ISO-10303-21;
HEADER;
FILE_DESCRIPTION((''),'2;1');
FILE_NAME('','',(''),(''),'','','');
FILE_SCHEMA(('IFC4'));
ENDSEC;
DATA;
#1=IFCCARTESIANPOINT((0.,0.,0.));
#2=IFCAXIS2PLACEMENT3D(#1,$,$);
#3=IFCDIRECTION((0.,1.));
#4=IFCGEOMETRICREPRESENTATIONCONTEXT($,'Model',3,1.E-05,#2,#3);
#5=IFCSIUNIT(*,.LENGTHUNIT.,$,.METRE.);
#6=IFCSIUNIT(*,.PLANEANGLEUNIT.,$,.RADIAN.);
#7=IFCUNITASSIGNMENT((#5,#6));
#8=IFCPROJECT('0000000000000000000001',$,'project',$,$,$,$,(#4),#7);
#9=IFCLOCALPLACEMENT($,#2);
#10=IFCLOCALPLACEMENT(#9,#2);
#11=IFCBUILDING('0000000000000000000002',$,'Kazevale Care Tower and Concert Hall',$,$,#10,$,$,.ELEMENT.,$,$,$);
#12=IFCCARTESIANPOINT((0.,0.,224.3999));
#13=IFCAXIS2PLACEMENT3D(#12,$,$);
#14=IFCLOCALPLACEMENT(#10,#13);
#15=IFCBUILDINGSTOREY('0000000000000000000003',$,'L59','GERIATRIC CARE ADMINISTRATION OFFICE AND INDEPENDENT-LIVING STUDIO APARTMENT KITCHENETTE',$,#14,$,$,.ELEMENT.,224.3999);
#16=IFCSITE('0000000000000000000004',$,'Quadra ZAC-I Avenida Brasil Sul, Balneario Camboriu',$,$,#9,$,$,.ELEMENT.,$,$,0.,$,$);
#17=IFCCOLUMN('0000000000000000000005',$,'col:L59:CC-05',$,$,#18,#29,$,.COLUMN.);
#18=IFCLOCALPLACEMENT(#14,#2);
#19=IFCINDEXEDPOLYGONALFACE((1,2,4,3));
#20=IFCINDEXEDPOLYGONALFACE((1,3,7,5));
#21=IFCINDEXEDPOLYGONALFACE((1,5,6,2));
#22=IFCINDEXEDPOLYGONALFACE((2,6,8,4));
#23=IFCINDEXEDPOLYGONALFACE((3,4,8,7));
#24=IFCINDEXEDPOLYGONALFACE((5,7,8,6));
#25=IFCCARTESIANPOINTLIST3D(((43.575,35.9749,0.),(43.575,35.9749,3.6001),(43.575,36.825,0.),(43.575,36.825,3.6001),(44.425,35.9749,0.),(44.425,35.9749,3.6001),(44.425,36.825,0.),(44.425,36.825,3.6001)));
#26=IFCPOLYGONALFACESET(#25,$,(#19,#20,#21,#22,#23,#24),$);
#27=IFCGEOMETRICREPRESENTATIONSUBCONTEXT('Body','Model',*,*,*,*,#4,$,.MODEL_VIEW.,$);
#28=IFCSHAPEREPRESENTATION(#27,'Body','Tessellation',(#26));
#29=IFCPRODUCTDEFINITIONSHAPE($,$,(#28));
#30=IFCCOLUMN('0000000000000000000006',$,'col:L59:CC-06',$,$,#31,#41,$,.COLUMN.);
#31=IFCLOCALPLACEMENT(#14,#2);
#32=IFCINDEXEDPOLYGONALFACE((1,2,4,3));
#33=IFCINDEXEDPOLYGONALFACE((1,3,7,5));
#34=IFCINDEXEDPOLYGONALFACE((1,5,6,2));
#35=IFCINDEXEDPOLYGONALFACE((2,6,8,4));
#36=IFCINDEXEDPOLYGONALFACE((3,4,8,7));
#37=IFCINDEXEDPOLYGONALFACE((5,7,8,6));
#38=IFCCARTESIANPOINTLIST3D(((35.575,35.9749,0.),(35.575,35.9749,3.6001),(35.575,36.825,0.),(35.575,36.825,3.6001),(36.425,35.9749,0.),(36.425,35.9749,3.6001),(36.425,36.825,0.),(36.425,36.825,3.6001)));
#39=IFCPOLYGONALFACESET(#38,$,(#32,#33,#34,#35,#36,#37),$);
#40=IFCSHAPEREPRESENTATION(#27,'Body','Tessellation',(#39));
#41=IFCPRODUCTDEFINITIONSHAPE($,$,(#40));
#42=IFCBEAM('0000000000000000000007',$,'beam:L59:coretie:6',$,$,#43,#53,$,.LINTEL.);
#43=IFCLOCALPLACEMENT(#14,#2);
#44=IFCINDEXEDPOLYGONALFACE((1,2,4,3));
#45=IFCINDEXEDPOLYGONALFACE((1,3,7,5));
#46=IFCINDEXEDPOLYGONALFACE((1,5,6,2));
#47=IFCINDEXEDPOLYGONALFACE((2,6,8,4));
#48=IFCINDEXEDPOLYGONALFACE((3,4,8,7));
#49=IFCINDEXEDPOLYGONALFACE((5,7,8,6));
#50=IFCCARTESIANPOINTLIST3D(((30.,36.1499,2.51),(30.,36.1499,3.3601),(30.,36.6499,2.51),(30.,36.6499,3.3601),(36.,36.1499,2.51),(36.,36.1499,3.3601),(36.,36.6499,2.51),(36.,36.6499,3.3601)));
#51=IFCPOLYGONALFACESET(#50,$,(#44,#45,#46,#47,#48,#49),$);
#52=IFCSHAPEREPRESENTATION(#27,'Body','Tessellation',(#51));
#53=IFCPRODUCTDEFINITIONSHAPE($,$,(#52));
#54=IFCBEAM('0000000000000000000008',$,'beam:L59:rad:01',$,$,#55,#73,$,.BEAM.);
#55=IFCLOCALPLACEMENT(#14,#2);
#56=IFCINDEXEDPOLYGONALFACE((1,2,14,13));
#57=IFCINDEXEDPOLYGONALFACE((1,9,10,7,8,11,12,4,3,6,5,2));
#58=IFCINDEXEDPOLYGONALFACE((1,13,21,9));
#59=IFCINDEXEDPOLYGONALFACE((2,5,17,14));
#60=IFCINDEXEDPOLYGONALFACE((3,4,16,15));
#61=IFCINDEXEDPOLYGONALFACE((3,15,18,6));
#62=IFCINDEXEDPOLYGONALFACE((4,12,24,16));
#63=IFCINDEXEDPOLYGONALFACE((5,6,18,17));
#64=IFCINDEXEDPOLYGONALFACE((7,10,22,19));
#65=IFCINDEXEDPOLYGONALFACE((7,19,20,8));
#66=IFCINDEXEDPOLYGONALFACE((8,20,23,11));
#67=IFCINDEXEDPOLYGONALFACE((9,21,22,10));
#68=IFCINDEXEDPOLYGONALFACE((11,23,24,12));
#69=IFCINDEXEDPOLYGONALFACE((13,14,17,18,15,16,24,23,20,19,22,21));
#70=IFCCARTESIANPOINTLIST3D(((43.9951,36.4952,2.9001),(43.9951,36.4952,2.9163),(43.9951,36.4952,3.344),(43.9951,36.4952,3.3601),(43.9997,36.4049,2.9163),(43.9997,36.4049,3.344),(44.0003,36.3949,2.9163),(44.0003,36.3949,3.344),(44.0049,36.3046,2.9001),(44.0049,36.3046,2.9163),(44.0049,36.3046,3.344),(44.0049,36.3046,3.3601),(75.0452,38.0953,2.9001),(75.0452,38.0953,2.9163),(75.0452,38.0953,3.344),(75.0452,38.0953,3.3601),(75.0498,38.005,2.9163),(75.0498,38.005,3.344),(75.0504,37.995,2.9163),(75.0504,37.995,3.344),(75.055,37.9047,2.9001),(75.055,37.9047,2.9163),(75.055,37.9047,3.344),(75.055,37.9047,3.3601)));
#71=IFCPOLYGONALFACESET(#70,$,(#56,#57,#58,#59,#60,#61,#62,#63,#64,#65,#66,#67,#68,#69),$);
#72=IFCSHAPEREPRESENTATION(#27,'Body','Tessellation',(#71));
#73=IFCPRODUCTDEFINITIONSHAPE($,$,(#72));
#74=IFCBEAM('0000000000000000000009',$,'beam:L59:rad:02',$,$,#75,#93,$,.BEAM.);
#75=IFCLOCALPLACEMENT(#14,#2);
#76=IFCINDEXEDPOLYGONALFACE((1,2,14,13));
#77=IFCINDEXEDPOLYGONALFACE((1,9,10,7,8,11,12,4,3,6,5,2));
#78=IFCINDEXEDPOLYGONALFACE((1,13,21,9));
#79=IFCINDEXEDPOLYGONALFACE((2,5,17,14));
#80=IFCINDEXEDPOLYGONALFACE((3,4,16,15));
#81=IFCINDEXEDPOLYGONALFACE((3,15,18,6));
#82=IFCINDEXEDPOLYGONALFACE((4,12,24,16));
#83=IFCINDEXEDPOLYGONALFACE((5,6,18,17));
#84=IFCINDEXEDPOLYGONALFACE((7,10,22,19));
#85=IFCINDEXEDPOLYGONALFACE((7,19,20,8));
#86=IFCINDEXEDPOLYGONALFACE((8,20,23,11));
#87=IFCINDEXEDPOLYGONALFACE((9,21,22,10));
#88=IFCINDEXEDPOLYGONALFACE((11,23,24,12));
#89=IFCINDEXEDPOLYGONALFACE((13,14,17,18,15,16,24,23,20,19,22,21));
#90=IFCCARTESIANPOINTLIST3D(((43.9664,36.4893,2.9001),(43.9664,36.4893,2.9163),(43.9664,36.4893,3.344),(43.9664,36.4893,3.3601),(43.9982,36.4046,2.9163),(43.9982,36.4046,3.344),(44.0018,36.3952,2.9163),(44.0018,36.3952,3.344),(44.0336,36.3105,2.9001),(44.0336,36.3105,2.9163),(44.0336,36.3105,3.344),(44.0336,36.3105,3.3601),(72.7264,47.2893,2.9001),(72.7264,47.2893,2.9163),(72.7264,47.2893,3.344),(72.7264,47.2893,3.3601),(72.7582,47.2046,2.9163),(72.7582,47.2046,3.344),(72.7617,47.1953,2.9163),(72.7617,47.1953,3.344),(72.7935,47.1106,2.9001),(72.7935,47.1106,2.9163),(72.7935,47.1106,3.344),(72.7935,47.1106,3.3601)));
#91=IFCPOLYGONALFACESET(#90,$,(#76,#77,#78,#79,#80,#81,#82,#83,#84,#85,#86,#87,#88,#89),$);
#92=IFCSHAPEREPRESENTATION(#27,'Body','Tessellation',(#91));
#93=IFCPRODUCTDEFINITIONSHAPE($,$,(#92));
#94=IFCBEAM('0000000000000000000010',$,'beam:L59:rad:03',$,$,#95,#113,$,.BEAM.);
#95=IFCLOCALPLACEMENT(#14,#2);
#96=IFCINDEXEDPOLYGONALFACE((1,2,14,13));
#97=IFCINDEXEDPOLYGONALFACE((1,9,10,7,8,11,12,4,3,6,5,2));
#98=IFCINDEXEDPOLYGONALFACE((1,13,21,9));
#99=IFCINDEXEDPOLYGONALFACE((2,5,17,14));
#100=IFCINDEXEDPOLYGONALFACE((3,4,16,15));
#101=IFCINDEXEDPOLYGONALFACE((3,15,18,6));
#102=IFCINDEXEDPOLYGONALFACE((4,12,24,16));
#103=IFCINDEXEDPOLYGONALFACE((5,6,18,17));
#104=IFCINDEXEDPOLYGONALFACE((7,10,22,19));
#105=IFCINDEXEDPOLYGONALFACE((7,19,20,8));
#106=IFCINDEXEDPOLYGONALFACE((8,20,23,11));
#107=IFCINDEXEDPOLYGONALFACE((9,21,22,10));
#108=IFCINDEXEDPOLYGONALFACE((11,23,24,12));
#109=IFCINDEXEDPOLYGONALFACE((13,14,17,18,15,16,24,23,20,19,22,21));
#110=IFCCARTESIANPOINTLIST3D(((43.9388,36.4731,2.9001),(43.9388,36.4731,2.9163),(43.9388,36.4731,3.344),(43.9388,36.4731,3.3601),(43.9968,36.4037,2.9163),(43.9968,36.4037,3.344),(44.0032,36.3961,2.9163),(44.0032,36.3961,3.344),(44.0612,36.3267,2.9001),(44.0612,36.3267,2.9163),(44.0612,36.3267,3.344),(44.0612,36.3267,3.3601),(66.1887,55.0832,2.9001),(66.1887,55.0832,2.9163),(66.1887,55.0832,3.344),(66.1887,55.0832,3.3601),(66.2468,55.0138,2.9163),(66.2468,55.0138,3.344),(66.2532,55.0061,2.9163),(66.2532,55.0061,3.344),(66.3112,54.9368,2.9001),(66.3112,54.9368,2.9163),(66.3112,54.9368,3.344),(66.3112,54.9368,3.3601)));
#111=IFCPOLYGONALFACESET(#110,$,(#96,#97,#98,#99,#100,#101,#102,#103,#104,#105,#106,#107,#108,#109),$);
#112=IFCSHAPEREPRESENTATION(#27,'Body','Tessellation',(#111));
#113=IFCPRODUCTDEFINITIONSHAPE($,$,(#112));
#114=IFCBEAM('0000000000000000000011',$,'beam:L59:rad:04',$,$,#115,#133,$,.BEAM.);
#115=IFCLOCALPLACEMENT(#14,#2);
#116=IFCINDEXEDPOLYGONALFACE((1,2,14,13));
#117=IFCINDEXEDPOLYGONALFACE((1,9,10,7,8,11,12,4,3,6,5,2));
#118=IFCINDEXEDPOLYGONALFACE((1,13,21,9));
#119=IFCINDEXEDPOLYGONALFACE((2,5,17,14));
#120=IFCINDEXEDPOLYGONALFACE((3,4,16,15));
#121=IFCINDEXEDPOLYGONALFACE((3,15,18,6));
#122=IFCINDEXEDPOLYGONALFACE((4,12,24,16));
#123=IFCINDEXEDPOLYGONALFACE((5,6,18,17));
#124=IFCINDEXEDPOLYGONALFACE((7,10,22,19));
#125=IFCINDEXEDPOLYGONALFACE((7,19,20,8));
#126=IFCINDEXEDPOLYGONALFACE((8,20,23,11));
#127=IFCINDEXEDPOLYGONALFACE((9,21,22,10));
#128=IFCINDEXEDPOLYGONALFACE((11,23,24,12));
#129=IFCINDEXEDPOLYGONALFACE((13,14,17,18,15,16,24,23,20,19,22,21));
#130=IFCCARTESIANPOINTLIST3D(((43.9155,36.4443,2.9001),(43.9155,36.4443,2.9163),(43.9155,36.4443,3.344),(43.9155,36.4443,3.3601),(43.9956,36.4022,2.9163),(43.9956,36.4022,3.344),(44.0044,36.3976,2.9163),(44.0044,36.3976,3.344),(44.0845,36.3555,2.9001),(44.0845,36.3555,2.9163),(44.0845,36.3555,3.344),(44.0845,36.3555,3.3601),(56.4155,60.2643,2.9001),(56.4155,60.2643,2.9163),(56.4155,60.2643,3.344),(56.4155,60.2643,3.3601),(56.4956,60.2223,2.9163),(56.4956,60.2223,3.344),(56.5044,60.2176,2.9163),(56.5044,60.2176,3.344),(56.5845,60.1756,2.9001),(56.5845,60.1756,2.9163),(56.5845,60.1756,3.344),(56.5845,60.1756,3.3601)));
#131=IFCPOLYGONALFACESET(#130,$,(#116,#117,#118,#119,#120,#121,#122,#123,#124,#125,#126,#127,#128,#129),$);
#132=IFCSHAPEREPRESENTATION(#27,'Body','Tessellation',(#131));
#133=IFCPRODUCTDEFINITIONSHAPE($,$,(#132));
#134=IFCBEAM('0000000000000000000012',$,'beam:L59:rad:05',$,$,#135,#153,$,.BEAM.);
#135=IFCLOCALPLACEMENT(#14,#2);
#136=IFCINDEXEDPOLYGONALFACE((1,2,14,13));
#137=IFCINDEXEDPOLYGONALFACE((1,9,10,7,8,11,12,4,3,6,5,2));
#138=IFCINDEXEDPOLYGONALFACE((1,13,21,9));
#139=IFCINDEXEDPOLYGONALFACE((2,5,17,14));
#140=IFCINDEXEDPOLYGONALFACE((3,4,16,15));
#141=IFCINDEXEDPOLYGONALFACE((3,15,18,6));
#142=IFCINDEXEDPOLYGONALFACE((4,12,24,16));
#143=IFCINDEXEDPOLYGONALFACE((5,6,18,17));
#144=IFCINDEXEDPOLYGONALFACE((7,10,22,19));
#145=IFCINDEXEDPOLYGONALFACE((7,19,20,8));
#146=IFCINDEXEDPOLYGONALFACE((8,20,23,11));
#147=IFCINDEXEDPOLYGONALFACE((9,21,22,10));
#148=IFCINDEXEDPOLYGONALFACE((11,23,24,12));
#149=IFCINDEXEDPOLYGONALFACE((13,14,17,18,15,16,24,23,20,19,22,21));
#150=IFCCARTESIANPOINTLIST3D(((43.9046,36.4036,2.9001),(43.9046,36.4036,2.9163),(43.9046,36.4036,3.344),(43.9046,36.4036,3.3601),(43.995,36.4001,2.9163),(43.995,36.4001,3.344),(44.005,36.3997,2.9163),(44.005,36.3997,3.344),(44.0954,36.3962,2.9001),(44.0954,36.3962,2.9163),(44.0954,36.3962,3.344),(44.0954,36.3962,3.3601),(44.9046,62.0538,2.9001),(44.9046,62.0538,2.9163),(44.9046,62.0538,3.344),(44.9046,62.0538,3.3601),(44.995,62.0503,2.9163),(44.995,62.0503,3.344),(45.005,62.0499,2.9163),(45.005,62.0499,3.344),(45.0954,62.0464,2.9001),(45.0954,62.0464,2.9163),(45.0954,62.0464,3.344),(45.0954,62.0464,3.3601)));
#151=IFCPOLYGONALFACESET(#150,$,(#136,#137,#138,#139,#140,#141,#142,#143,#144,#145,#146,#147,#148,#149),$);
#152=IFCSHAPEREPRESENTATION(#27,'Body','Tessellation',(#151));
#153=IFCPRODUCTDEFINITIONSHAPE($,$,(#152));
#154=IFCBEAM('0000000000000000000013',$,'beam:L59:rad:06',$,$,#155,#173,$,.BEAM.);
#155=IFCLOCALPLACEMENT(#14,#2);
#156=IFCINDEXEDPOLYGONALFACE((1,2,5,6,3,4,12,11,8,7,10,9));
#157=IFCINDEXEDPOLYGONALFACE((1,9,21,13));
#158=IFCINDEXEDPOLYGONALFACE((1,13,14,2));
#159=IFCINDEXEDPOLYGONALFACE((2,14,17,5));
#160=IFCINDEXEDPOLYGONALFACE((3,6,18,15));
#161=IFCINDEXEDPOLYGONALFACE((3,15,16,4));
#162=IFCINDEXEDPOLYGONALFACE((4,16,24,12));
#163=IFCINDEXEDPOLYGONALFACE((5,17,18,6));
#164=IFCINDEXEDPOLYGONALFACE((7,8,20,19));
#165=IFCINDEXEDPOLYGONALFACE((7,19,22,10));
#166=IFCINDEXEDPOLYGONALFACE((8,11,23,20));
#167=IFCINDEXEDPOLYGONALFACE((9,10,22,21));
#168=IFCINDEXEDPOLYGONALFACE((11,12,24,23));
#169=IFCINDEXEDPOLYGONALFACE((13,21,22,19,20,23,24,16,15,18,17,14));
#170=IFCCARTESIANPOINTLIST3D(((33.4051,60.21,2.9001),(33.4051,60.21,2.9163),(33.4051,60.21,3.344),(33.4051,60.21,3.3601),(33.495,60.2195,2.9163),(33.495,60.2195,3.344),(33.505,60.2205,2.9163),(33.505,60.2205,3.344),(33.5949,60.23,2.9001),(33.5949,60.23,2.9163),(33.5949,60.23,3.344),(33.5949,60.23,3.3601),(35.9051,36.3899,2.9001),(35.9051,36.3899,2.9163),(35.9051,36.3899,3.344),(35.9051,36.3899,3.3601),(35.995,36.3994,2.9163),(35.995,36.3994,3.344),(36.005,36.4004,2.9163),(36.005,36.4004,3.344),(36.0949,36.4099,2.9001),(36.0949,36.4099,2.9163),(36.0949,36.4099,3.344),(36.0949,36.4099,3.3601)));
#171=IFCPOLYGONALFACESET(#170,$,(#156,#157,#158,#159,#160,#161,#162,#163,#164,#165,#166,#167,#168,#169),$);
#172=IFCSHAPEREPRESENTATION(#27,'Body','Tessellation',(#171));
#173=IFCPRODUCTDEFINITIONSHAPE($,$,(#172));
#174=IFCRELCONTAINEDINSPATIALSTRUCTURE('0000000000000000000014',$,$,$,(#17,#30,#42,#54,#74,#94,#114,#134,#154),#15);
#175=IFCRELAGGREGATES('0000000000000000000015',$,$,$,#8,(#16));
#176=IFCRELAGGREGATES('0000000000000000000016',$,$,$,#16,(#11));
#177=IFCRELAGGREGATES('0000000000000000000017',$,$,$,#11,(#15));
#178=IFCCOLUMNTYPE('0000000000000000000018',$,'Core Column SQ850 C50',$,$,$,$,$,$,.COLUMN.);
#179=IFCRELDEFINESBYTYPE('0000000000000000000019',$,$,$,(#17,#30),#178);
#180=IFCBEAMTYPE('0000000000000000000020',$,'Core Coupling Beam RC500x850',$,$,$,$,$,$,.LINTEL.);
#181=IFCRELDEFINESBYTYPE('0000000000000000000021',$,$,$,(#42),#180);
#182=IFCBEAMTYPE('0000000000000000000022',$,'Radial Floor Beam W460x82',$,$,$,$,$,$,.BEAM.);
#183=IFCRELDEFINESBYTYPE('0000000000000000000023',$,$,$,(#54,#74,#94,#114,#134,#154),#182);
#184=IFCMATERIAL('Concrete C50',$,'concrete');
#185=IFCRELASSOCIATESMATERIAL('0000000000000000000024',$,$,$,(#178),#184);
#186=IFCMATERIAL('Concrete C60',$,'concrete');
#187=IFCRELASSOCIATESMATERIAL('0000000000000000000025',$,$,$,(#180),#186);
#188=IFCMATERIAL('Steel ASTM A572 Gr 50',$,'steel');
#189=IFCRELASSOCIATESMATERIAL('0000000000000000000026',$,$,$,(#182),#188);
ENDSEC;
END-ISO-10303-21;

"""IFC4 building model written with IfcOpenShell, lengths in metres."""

from ifc_helpers import new_model, si_unit, direction, frame, origin, origin_2d, place, context, subcontext, project, spatial, rectangle, i_section, extrude, material, material_profile, profile_set, type_object, element, save


model = new_model("IFC4")

# Units and contexts
model_context = context("Model", 3, precision=1e-05, world=origin(), true_north=direction((0.0, 1.0)))
body_context = subcontext(model_context, "Body", "Model", "MODEL_VIEW")
ifc_project = project(units=[si_unit("LENGTHUNIT", "METRE"), si_unit("PLANEANGLEUNIT", "RADIAN")], contexts=[model_context])

# Site, building, storey
site_placement = place(None, origin())
site = spatial("IfcSite", under=ifc_project, at=site_placement, Name="Quadra ZAC-I Avenida Brasil Sul, Balneario Camboriu", CompositionType="ELEMENT", RefElevation=0.0)
building_placement = place(site_placement, origin())
building = spatial("IfcBuilding", under=site, at=building_placement, Name="Kazevale Care Tower and Concert Hall", CompositionType="ELEMENT")
storey_placement = place(building_placement, frame((0.0, 0.0, 224.3999)))
storey = spatial("IfcBuildingStorey", under=building, at=storey_placement, Name="L59", Description="GERIATRIC CARE ADMINISTRATION OFFICE AND INDEPENDENT-LIVING STUDIO APARTMENT KITCHENETTE", CompositionType="ELEMENT", Elevation=224.3999)

# Columns
ifc_material_1 = material(Name="Concrete C50", Category="concrete")
ifc_material_profile_1 = material_profile(ifc_material_1, rectangle(XDim=0.8501, YDim=0.8501, at=origin_2d()), Name="RC-SQ850")
ifc_profile_set_1 = profile_set([ifc_material_profile_1], Name="Concrete C50")
column_type = type_object("IfcColumnType", Name="Core Column SQ850 C50", PredefinedType="COLUMN", material=ifc_profile_set_1)
for number, where, z_axis, x_axis, name in (
    (1, (44.0, 36.3999, 0.0), (0.0, 0.0, 1.0), (1.0, 0.0, 0.0), "col:L59:CC-05"),
    (2, (36.0, 36.3999, 0.0), (0.0, 0.0, 1.0), (1.0, 0.0, 0.0), "col:L59:CC-06"),
):
    element("IfcColumn", number, at=place(storey_placement, frame(where, z_axis=z_axis, x_axis=x_axis)), inside=storey, type_object=column_type, Name=name, PredefinedType="COLUMN", context=body_context, shape_type="SweptSolid", body=[
        extrude(rectangle(XDim=0.8501, YDim=0.8501, at=origin_2d()), origin(), (0.0, 0.0, 1.0), 3.6001),
    ])

# Beams
ifc_material_2 = material(Name="Concrete C60", Category="concrete")
ifc_material_profile_2 = material_profile(ifc_material_2, rectangle(XDim=0.5, YDim=0.8501, at=origin_2d()), Name="RC-B500x850")
ifc_profile_set_2 = profile_set([ifc_material_profile_2], Name="Concrete C60")
beam_type_1 = type_object("IfcBeamType", Name="Core Coupling Beam RC500x850", PredefinedType="LINTEL", material=ifc_profile_set_2)
beam_1_placement = place(storey_placement, frame((36.0, 36.3999, 2.9351), z_axis=(-1.0, 0.0, 0.0), x_axis=(0.0, -1.0, 0.0)))
element("IfcBeam", 3, at=beam_1_placement, inside=storey, type_object=beam_type_1, Name="beam:L59:coretie:6", PredefinedType="LINTEL", context=body_context, shape_type="SweptSolid", body=[
    extrude(rectangle(XDim=0.5, YDim=0.8501, at=origin_2d()), origin(), (0.0, 0.0, 1.0), 6.0),
])
ifc_material_3 = material(Name="Steel ASTM A572 Gr 50", Category="steel")
ifc_material_profile_3 = material_profile(ifc_material_3, i_section(OverallWidth=0.1909, OverallDepth=0.46, WebThickness=0.01, FlangeThickness=0.0161, at=origin_2d()), Name="W460x82")
ifc_profile_set_3 = profile_set([ifc_material_profile_3], Name="Steel ASTM A572 Gr 50")
beam_type_2 = type_object("IfcBeamType", Name="Radial Floor Beam W460x82", PredefinedType="BEAM", material=ifc_profile_set_3)
beam_2_placement = place(storey_placement, frame((44.0, 36.3999, 3.1301), z_axis=(0.998675, 0.051465, 0.0), x_axis=(-0.051465, 0.998675, 0.0)))
element("IfcBeam", 4, at=beam_2_placement, inside=storey, type_object=beam_type_2, Name="beam:L59:rad:01", PredefinedType="BEAM", context=body_context, shape_type="SweptSolid", body=[
    extrude(i_section(OverallWidth=0.1909, OverallDepth=0.46, WebThickness=0.01, FlangeThickness=0.0161, at=origin_2d()), origin(), (0.0, 0.0, 1.0), 31.0913),
])
beam_3_placement = place(storey_placement, frame((44.0, 36.3999, 3.1301), z_axis=(0.936168, 0.351553, 0.0), x_axis=(-0.351553, 0.936168, 0.0)))
element("IfcBeam", 5, at=beam_3_placement, inside=storey, type_object=beam_type_2, Name="beam:L59:rad:02", PredefinedType="BEAM", context=body_context, shape_type="SweptSolid", body=[
    extrude(i_section(OverallWidth=0.1909, OverallDepth=0.46, WebThickness=0.01, FlangeThickness=0.0161, at=origin_2d()), origin(), (0.0, 0.0, 1.0), 30.7209),
])
beam_4_placement = place(storey_placement, frame((44.0, 36.3999, 3.1301), z_axis=(0.76706, 0.641576, 0.0), x_axis=(-0.641576, 0.76706, 0.0)))
element("IfcBeam", 6, at=beam_4_placement, inside=storey, type_object=beam_type_2, Name="beam:L59:rad:03", PredefinedType="BEAM", context=body_context, shape_type="SweptSolid", body=[
    extrude(i_section(OverallWidth=0.1909, OverallDepth=0.46, WebThickness=0.01, FlangeThickness=0.0161, at=origin_2d()), origin(), (0.0, 0.0, 1.0), 29.0068),
])
beam_5_placement = place(storey_placement, frame((44.0, 36.3999, 3.1301), z_axis=(0.464673, 0.885483, 0.0), x_axis=(-0.885483, 0.464673, 0.0)))
element("IfcBeam", 7, at=beam_5_placement, inside=storey, type_object=beam_type_2, Name="beam:L59:rad:04", PredefinedType="BEAM", context=body_context, shape_type="SweptSolid", body=[
    extrude(i_section(OverallWidth=0.1909, OverallDepth=0.46, WebThickness=0.01, FlangeThickness=0.0161, at=origin_2d()), origin(), (0.0, 0.0, 1.0), 26.9006),
])
beam_6_placement = place(storey_placement, frame((44.0, 36.3999, 3.1301), z_axis=(0.038957, 0.999241, 0.0), x_axis=(-0.999241, 0.038957, 0.0)))
element("IfcBeam", 8, at=beam_6_placement, inside=storey, type_object=beam_type_2, Name="beam:L59:rad:05", PredefinedType="BEAM", context=body_context, shape_type="SweptSolid", body=[
    extrude(i_section(OverallWidth=0.1909, OverallDepth=0.46, WebThickness=0.01, FlangeThickness=0.0161, at=origin_2d()), origin(), (0.0, 0.0, 1.0), 25.6697),
])
beam_7_placement = place(storey_placement, frame((36.0, 36.3999, 3.1301), z_axis=(-0.10438, 0.994537, 0.0), x_axis=(-0.994537, -0.10438, 0.0)))
element("IfcBeam", 9, at=beam_7_placement, inside=storey, type_object=beam_type_2, Name="beam:L59:rad:06", PredefinedType="BEAM", context=body_context, shape_type="SweptSolid", body=[
    extrude(i_section(OverallWidth=0.1909, OverallDepth=0.46, WebThickness=0.01, FlangeThickness=0.0161, at=origin_2d()), origin(), (0.0, 0.0, 1.0), 23.9509),
])

save(model, "model.ifc")
